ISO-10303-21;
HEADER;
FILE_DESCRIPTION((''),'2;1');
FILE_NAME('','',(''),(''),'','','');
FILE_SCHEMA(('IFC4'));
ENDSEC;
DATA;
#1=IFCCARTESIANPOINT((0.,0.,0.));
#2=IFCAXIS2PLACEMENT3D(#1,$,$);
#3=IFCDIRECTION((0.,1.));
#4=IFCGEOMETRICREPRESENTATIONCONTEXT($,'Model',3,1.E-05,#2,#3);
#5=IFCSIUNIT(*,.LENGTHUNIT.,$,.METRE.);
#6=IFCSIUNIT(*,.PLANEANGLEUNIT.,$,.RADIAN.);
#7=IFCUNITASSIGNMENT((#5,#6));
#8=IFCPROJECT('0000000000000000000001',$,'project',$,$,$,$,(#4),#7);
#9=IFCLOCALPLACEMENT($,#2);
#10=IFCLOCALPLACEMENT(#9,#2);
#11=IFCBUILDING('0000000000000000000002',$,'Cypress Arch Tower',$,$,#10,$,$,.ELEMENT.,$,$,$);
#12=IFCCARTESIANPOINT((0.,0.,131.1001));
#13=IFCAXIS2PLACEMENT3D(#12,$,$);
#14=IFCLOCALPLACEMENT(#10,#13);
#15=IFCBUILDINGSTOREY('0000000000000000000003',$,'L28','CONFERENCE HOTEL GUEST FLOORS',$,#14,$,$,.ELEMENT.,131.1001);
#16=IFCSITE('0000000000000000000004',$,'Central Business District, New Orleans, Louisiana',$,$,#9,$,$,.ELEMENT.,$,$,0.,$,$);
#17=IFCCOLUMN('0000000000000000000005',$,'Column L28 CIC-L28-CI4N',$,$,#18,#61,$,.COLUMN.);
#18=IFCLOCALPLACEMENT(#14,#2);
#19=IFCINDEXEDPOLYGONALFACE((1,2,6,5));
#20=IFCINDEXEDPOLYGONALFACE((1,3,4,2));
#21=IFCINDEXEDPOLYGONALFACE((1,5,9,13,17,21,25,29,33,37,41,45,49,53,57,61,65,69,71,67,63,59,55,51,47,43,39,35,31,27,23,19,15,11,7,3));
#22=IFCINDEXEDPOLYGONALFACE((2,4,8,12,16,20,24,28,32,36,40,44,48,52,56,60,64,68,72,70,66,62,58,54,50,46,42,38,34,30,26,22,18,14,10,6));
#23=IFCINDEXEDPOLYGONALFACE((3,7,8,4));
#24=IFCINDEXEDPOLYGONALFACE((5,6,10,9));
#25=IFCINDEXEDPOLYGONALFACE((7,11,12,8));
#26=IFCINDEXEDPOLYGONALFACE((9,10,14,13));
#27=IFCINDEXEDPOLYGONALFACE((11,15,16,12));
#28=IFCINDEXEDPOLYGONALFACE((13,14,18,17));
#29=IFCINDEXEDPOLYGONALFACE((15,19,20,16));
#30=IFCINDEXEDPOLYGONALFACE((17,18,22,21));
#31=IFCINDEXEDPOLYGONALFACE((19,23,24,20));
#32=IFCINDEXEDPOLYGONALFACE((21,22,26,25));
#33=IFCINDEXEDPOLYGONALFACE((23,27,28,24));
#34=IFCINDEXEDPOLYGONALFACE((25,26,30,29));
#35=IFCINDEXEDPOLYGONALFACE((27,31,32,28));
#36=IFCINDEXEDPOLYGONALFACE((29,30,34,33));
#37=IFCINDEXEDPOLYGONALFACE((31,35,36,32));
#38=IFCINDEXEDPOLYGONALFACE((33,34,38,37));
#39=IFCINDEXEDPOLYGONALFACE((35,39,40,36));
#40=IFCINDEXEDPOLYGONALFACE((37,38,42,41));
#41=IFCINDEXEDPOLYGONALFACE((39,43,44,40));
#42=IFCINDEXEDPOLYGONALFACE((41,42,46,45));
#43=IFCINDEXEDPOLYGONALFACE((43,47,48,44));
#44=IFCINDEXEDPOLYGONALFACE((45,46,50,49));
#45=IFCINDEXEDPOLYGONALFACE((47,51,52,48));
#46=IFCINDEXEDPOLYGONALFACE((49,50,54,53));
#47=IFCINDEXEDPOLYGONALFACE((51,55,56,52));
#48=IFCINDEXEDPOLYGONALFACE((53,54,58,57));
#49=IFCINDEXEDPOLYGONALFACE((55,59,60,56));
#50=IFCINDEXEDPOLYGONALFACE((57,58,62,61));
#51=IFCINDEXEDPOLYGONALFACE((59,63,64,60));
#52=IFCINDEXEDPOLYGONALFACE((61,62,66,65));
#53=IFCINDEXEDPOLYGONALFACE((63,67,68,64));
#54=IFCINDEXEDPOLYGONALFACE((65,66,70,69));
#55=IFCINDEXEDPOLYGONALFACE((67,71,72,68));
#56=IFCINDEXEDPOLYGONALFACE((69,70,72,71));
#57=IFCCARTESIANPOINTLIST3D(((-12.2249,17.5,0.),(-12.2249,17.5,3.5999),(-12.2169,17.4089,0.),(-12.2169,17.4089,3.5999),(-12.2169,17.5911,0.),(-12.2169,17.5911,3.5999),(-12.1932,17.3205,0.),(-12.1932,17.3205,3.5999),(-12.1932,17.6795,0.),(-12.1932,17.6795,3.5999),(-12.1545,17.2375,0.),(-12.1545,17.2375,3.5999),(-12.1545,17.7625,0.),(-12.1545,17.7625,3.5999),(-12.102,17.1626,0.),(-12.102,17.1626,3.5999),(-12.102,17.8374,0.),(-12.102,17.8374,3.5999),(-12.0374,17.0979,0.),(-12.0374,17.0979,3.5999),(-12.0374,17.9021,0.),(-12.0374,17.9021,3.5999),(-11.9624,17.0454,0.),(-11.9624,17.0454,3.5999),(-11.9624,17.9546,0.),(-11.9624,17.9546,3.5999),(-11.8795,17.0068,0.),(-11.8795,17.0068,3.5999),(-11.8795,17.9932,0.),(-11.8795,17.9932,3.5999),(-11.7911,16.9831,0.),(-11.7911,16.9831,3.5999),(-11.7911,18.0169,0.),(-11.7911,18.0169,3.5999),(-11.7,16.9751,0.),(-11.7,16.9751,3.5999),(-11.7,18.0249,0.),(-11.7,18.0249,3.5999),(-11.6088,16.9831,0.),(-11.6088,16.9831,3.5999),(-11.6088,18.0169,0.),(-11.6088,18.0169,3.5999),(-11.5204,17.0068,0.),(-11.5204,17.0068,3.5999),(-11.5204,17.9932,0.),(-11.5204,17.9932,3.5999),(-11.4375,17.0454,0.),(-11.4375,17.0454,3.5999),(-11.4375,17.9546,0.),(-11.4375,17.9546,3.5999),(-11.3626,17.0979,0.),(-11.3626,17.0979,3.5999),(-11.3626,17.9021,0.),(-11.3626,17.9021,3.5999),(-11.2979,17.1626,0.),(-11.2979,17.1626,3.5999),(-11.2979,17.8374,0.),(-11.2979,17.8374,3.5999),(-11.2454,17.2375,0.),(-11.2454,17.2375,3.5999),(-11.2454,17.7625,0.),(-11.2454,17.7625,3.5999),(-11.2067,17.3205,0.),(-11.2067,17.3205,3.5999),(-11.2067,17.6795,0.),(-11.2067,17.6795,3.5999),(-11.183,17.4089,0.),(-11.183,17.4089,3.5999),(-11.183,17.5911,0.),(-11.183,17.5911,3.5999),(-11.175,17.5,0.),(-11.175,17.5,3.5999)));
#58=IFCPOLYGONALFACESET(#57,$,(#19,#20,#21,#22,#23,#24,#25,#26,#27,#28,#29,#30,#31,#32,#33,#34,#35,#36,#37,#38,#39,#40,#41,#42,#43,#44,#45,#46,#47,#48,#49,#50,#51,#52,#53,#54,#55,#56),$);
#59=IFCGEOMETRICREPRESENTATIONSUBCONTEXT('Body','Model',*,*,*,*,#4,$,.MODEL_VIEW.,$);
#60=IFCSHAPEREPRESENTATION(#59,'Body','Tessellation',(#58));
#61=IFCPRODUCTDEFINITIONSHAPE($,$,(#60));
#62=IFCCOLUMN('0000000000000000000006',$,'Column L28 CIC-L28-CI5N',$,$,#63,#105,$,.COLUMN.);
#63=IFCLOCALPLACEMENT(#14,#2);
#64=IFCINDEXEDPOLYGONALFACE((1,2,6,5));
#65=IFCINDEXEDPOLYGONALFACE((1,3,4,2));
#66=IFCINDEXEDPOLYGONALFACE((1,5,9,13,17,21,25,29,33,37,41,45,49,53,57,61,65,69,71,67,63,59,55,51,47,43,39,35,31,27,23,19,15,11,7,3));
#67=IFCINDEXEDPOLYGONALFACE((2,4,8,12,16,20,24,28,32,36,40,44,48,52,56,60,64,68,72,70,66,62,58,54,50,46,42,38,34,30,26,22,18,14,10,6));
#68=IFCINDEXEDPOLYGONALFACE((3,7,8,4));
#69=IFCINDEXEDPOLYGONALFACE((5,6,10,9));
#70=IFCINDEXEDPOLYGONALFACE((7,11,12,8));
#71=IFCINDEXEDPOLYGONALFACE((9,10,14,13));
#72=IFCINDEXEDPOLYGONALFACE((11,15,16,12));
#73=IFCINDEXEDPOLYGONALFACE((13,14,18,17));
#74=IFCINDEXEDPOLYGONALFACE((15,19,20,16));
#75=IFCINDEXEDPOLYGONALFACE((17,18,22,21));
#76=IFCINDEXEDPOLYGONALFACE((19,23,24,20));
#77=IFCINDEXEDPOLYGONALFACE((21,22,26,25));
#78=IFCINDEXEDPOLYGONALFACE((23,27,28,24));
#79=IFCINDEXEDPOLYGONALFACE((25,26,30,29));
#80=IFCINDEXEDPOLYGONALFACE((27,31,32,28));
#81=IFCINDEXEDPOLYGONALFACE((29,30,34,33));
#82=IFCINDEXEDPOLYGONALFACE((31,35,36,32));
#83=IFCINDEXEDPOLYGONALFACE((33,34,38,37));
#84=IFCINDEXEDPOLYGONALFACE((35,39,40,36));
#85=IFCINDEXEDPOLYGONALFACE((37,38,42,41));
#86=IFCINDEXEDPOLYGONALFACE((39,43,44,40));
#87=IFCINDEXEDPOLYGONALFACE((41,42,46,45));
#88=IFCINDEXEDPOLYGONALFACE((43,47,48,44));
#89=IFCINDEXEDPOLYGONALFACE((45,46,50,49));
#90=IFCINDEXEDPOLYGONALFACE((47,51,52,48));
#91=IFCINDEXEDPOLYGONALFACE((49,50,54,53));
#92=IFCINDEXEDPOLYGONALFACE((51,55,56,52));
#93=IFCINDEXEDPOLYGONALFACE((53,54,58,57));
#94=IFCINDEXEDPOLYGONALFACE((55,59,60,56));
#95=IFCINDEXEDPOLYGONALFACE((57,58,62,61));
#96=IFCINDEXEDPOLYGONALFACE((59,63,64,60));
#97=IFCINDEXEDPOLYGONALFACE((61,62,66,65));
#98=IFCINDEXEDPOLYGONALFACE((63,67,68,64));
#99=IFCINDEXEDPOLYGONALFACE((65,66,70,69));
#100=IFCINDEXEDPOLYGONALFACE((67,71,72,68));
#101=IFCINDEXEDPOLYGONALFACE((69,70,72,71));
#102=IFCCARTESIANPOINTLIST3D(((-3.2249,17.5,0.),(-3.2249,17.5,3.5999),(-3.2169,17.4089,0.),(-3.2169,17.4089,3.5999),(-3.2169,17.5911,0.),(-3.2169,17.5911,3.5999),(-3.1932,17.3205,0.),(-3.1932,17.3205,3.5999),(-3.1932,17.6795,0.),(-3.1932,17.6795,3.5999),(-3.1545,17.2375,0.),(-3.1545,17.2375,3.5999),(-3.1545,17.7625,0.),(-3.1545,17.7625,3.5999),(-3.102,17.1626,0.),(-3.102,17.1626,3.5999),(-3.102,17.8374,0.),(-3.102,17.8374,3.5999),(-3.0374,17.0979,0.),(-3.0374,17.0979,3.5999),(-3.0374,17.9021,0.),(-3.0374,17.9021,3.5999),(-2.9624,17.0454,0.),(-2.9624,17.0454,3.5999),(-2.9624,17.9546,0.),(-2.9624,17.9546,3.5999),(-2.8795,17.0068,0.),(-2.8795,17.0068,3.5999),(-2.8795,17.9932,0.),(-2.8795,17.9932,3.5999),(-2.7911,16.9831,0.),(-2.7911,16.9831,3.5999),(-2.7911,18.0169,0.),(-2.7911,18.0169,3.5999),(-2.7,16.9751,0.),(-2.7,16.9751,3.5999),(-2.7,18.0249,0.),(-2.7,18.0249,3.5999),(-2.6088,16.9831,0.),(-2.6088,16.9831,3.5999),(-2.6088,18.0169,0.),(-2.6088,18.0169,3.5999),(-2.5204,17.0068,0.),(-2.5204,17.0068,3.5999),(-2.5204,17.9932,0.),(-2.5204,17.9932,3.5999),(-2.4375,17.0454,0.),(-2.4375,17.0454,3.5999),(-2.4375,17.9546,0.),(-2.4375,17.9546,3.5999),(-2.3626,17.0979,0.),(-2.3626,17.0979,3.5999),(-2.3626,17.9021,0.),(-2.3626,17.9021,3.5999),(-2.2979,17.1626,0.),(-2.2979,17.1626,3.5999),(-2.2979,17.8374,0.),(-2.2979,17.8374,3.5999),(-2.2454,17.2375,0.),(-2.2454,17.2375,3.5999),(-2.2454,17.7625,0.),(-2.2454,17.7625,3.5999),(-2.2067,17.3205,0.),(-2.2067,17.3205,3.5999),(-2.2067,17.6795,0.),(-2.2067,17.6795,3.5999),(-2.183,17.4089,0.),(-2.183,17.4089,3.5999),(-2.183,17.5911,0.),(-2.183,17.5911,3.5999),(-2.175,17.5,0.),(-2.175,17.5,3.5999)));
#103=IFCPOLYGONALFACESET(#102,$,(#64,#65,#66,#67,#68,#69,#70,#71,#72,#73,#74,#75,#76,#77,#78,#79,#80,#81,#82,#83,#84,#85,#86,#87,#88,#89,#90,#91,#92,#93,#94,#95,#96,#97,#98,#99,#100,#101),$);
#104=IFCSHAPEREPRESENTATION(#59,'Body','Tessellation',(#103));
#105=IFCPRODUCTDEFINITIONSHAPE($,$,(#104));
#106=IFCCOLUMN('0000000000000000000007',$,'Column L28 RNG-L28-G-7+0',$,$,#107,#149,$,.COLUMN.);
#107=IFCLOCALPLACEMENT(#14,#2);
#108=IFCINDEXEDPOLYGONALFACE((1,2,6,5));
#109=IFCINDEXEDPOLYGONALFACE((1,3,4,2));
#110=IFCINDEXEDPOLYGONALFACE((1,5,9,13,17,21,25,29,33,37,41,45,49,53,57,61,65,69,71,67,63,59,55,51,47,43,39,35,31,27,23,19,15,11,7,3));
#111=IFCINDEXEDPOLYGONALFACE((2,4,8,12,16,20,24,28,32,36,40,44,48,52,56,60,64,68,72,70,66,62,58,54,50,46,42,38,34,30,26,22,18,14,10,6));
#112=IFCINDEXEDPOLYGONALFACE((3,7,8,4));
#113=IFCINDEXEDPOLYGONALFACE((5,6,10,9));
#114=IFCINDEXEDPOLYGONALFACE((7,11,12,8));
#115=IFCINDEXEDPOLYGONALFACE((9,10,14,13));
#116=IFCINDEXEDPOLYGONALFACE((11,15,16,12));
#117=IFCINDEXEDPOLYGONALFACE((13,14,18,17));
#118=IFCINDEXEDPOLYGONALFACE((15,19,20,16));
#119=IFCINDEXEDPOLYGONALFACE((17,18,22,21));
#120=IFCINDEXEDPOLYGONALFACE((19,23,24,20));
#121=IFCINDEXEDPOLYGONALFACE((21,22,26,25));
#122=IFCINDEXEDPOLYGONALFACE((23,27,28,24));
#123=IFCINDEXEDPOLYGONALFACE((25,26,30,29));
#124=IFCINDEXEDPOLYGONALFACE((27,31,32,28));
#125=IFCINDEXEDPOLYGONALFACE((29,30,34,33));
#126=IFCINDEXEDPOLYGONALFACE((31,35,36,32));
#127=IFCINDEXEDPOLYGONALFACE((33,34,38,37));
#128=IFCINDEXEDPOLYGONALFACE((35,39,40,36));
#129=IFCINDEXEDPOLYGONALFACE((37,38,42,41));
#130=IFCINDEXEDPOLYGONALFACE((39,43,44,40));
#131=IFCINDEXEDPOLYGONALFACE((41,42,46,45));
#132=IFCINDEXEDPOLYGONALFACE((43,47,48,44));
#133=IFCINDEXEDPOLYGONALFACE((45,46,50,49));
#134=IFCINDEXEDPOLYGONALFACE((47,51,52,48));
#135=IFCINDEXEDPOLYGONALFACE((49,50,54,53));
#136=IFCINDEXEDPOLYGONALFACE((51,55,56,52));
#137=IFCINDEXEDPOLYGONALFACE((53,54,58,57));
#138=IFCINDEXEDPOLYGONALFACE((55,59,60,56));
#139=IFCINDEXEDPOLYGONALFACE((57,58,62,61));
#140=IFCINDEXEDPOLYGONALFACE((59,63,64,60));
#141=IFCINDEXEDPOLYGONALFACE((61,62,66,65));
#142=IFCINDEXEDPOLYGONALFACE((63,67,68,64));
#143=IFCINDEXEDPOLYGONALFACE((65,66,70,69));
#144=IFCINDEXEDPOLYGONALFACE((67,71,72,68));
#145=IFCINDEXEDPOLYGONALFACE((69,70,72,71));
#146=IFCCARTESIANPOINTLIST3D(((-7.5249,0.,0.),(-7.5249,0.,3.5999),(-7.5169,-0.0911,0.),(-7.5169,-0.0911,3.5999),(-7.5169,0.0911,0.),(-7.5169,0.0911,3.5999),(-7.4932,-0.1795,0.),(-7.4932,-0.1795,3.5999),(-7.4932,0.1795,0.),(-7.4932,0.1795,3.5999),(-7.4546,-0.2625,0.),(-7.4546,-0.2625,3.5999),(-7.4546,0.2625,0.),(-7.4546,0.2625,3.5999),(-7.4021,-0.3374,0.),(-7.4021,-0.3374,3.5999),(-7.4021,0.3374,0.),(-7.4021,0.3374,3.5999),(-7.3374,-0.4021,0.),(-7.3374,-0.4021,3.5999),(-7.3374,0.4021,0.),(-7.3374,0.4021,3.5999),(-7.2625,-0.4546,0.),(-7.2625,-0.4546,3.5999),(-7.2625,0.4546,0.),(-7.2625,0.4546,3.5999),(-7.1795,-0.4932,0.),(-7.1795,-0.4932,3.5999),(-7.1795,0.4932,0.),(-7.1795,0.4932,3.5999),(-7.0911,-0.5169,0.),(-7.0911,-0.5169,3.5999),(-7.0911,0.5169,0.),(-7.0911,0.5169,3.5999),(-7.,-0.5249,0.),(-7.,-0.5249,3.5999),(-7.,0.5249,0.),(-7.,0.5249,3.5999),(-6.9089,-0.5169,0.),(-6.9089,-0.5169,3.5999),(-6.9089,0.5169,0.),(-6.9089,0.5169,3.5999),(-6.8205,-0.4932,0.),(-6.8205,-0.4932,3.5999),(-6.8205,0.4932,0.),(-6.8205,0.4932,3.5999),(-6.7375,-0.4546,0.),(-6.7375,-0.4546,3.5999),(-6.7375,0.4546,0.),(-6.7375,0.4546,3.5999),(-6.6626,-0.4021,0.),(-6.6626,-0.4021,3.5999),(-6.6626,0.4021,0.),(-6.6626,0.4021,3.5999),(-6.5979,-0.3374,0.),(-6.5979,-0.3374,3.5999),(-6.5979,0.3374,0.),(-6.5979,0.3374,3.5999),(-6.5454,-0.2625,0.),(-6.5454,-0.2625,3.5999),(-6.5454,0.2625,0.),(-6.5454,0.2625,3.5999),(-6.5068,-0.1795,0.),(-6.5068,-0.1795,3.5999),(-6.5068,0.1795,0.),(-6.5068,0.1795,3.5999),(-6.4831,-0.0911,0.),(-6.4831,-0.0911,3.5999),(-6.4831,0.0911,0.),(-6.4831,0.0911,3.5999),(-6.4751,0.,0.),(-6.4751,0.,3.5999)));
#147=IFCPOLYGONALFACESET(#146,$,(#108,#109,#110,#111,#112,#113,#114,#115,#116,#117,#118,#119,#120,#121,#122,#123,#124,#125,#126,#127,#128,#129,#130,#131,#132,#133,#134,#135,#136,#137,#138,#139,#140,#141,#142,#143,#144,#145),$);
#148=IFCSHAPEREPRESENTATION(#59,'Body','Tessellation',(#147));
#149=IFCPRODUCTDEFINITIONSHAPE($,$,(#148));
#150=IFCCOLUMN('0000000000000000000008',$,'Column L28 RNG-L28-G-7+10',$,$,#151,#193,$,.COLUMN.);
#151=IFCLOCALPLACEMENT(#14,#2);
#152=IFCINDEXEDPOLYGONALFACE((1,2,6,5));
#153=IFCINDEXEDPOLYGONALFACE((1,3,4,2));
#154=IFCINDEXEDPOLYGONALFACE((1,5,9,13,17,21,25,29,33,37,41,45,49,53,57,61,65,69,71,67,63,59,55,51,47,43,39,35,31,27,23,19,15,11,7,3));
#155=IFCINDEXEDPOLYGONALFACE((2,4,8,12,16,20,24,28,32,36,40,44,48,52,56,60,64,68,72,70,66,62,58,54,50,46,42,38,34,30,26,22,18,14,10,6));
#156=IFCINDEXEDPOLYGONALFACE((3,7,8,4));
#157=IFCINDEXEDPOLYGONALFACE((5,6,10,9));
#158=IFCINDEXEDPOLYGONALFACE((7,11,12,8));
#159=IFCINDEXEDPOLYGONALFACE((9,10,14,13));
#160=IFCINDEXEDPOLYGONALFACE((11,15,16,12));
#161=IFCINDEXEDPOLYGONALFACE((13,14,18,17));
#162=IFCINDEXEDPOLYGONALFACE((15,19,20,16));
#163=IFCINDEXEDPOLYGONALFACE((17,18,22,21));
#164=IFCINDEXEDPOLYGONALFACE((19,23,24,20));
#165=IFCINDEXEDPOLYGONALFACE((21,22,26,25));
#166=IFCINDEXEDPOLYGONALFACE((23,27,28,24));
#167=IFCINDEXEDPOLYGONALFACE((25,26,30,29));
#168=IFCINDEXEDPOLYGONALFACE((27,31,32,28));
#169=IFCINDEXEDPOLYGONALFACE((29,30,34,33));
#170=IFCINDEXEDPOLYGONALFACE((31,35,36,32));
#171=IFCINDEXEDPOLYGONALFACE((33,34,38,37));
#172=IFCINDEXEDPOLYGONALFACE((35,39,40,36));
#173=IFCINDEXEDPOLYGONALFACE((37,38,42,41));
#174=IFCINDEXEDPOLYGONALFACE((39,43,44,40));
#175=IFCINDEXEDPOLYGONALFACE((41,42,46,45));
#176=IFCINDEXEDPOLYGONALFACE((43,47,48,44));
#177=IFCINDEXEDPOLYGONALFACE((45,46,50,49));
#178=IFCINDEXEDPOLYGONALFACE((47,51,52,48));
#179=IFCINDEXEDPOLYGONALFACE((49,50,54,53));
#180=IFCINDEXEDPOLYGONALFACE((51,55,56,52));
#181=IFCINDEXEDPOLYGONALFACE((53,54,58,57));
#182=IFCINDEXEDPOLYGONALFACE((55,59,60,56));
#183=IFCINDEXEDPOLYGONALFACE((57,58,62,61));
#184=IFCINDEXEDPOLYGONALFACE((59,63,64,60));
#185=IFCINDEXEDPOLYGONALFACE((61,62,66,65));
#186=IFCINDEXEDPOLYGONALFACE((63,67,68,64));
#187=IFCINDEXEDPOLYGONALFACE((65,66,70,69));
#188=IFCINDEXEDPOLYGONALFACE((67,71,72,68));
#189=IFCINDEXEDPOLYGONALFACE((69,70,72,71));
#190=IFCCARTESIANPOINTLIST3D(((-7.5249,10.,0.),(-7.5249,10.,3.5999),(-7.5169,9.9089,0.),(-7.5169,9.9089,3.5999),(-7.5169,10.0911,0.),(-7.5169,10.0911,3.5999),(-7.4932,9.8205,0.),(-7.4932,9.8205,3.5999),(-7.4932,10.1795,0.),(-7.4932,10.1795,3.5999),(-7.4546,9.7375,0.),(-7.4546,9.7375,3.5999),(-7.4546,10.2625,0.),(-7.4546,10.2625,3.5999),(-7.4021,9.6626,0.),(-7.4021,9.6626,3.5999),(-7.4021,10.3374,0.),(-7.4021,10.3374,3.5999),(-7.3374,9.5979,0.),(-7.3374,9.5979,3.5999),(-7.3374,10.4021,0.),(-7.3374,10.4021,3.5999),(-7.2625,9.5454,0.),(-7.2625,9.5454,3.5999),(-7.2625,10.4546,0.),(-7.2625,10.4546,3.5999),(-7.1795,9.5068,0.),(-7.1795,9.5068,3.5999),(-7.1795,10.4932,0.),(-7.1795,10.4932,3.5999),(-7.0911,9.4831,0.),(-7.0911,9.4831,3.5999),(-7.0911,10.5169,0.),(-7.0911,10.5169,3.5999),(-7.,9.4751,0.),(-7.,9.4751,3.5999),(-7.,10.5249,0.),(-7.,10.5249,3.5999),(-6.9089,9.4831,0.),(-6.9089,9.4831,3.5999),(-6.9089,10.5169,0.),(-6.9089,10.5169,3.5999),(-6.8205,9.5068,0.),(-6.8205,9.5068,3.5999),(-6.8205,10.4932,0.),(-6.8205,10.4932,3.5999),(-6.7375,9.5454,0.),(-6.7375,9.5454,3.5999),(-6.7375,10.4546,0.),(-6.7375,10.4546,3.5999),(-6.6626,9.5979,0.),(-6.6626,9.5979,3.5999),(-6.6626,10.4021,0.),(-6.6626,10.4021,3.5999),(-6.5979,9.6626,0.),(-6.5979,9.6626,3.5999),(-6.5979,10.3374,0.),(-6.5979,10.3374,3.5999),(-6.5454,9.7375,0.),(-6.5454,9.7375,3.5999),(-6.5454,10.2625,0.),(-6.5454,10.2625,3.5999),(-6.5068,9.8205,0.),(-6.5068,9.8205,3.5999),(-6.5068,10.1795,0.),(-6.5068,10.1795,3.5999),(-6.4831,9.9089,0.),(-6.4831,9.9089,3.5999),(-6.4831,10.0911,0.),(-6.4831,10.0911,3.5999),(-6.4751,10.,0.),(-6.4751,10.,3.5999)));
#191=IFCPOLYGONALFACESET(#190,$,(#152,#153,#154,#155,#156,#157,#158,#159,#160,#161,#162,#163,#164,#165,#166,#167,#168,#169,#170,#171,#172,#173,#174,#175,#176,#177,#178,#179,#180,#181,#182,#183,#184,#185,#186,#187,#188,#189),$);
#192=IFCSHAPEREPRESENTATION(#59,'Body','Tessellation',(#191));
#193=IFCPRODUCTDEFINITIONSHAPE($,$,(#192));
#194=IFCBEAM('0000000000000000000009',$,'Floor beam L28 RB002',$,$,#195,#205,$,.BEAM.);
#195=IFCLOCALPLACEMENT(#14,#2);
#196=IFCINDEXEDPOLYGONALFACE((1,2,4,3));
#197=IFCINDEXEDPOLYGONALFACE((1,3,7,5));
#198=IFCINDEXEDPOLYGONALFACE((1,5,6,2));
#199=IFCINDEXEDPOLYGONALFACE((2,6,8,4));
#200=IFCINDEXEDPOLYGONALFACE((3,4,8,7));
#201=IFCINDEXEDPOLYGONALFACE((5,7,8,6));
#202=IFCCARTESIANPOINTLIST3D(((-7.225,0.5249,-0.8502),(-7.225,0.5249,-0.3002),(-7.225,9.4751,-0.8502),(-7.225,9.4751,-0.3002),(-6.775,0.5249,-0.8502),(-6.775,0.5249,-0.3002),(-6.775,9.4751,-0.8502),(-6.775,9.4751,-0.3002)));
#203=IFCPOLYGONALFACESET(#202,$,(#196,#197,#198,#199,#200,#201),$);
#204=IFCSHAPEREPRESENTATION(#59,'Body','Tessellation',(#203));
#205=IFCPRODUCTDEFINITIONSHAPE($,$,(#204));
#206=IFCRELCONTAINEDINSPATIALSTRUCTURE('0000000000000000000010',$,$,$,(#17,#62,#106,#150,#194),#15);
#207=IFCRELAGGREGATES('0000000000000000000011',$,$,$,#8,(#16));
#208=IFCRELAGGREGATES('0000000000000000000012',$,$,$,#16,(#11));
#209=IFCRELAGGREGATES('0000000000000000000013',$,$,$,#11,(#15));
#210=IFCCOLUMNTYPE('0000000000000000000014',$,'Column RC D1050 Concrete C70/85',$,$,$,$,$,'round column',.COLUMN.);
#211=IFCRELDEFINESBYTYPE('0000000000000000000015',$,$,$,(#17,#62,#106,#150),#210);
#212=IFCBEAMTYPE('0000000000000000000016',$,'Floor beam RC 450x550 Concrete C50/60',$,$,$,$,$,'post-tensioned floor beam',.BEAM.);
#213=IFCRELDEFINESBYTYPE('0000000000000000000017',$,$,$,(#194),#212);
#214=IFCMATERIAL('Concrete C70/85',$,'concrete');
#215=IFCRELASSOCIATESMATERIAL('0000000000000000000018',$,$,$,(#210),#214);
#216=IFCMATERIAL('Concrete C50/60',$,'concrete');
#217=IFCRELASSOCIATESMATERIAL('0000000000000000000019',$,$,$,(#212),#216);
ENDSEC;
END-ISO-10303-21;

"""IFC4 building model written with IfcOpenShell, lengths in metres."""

from ifc_helpers import new_model, si_unit, direction, frame, origin, origin_2d, place, context, subcontext, project, spatial, rectangle, circle, extrude, material, material_profile, profile_set, type_object, element, save


model = new_model("IFC4")

# Units and contexts
model_context = context("Model", 3, precision=1e-05, world=origin(), true_north=direction((0.0, 1.0)))
body_context = subcontext(model_context, "Body", "Model", "MODEL_VIEW")
ifc_project = project(units=[si_unit("LENGTHUNIT", "METRE"), si_unit("PLANEANGLEUNIT", "RADIAN")], contexts=[model_context])

# Site, building, storey
site_placement = place(None, origin())
site = spatial("IfcSite", under=ifc_project, at=site_placement, Name="Central Business District, New Orleans, Louisiana", CompositionType="ELEMENT", RefElevation=0.0)
building_placement = place(site_placement, origin())
building = spatial("IfcBuilding", under=site, at=building_placement, Name="Cypress Arch Tower", CompositionType="ELEMENT")
storey_placement = place(building_placement, frame((0.0, 0.0, 131.1001)))
storey = spatial("IfcBuildingStorey", under=building, at=storey_placement, Name="L28", Description="CONFERENCE HOTEL GUEST FLOORS", CompositionType="ELEMENT", Elevation=131.1001)

# Columns
ifc_material_1 = material(Name="Concrete C70/85", Category="concrete")
ifc_material_profile_1 = material_profile(ifc_material_1, circle(Radius=0.5249, at=origin_2d()), Name="RC D1050")
ifc_profile_set_1 = profile_set([ifc_material_profile_1], Name="Concrete C70/85")
column_type = type_object("IfcColumnType", Name="Column RC D1050 Concrete C70/85", ElementType="round column", PredefinedType="COLUMN", material=ifc_profile_set_1)
for number, where, z_axis, x_axis, name in (
    (1, (-11.7, 17.5, 0.0), (0.0, 0.0, 1.0), (1.0, 0.0, 0.0), "Column L28 CIC-L28-CI4N"),
    (2, (-2.7, 17.5, 0.0), (0.0, 0.0, 1.0), (1.0, 0.0, 0.0), "Column L28 CIC-L28-CI5N"),
    (3, (-7.0, 0.0, 0.0), (0.0, 0.0, 1.0), (1.0, 0.0, 0.0), "Column L28 RNG-L28-G-7+0"),
    (4, (-7.0, 10.0, 0.0), (0.0, 0.0, 1.0), (1.0, 0.0, 0.0), "Column L28 RNG-L28-G-7+10"),
):
    element("IfcColumn", number, at=place(storey_placement, frame(where, z_axis=z_axis, x_axis=x_axis)), inside=storey, type_object=column_type, Name=name, PredefinedType="COLUMN", context=body_context, shape_type="SweptSolid", body=[
        extrude(circle(Radius=0.5249, at=origin_2d()), origin(), (0.0, 0.0, 1.0), 3.5999),
    ])

# Beam
ifc_material_2 = material(Name="Concrete C50/60", Category="concrete")
ifc_material_profile_2 = material_profile(ifc_material_2, rectangle(XDim=0.45, YDim=0.55, at=origin_2d()), Name="RC 450x550")
ifc_profile_set_2 = profile_set([ifc_material_profile_2], Name="Concrete C50/60")
beam_type_1 = type_object("IfcBeamType", Name="Floor beam RC 450x550 Concrete C50/60", ElementType="post-tensioned floor beam", PredefinedType="BEAM", material=ifc_profile_set_2)
beam_1_placement = place(storey_placement, frame((-7.0, 0.5249, -0.5752), z_axis=(0.0, 1.0, 0.0), x_axis=(-1.0, 0.0, 0.0)))
element("IfcBeam", 5, at=beam_1_placement, inside=storey, type_object=beam_type_1, Name="Floor beam L28 RB002", PredefinedType="BEAM", context=body_context, shape_type="SweptSolid", body=[
    extrude(rectangle(XDim=0.45, YDim=0.55, at=origin_2d()), origin(), (0.0, 0.0, 1.0), 8.9502),
])

save(model, "model.ifc")
